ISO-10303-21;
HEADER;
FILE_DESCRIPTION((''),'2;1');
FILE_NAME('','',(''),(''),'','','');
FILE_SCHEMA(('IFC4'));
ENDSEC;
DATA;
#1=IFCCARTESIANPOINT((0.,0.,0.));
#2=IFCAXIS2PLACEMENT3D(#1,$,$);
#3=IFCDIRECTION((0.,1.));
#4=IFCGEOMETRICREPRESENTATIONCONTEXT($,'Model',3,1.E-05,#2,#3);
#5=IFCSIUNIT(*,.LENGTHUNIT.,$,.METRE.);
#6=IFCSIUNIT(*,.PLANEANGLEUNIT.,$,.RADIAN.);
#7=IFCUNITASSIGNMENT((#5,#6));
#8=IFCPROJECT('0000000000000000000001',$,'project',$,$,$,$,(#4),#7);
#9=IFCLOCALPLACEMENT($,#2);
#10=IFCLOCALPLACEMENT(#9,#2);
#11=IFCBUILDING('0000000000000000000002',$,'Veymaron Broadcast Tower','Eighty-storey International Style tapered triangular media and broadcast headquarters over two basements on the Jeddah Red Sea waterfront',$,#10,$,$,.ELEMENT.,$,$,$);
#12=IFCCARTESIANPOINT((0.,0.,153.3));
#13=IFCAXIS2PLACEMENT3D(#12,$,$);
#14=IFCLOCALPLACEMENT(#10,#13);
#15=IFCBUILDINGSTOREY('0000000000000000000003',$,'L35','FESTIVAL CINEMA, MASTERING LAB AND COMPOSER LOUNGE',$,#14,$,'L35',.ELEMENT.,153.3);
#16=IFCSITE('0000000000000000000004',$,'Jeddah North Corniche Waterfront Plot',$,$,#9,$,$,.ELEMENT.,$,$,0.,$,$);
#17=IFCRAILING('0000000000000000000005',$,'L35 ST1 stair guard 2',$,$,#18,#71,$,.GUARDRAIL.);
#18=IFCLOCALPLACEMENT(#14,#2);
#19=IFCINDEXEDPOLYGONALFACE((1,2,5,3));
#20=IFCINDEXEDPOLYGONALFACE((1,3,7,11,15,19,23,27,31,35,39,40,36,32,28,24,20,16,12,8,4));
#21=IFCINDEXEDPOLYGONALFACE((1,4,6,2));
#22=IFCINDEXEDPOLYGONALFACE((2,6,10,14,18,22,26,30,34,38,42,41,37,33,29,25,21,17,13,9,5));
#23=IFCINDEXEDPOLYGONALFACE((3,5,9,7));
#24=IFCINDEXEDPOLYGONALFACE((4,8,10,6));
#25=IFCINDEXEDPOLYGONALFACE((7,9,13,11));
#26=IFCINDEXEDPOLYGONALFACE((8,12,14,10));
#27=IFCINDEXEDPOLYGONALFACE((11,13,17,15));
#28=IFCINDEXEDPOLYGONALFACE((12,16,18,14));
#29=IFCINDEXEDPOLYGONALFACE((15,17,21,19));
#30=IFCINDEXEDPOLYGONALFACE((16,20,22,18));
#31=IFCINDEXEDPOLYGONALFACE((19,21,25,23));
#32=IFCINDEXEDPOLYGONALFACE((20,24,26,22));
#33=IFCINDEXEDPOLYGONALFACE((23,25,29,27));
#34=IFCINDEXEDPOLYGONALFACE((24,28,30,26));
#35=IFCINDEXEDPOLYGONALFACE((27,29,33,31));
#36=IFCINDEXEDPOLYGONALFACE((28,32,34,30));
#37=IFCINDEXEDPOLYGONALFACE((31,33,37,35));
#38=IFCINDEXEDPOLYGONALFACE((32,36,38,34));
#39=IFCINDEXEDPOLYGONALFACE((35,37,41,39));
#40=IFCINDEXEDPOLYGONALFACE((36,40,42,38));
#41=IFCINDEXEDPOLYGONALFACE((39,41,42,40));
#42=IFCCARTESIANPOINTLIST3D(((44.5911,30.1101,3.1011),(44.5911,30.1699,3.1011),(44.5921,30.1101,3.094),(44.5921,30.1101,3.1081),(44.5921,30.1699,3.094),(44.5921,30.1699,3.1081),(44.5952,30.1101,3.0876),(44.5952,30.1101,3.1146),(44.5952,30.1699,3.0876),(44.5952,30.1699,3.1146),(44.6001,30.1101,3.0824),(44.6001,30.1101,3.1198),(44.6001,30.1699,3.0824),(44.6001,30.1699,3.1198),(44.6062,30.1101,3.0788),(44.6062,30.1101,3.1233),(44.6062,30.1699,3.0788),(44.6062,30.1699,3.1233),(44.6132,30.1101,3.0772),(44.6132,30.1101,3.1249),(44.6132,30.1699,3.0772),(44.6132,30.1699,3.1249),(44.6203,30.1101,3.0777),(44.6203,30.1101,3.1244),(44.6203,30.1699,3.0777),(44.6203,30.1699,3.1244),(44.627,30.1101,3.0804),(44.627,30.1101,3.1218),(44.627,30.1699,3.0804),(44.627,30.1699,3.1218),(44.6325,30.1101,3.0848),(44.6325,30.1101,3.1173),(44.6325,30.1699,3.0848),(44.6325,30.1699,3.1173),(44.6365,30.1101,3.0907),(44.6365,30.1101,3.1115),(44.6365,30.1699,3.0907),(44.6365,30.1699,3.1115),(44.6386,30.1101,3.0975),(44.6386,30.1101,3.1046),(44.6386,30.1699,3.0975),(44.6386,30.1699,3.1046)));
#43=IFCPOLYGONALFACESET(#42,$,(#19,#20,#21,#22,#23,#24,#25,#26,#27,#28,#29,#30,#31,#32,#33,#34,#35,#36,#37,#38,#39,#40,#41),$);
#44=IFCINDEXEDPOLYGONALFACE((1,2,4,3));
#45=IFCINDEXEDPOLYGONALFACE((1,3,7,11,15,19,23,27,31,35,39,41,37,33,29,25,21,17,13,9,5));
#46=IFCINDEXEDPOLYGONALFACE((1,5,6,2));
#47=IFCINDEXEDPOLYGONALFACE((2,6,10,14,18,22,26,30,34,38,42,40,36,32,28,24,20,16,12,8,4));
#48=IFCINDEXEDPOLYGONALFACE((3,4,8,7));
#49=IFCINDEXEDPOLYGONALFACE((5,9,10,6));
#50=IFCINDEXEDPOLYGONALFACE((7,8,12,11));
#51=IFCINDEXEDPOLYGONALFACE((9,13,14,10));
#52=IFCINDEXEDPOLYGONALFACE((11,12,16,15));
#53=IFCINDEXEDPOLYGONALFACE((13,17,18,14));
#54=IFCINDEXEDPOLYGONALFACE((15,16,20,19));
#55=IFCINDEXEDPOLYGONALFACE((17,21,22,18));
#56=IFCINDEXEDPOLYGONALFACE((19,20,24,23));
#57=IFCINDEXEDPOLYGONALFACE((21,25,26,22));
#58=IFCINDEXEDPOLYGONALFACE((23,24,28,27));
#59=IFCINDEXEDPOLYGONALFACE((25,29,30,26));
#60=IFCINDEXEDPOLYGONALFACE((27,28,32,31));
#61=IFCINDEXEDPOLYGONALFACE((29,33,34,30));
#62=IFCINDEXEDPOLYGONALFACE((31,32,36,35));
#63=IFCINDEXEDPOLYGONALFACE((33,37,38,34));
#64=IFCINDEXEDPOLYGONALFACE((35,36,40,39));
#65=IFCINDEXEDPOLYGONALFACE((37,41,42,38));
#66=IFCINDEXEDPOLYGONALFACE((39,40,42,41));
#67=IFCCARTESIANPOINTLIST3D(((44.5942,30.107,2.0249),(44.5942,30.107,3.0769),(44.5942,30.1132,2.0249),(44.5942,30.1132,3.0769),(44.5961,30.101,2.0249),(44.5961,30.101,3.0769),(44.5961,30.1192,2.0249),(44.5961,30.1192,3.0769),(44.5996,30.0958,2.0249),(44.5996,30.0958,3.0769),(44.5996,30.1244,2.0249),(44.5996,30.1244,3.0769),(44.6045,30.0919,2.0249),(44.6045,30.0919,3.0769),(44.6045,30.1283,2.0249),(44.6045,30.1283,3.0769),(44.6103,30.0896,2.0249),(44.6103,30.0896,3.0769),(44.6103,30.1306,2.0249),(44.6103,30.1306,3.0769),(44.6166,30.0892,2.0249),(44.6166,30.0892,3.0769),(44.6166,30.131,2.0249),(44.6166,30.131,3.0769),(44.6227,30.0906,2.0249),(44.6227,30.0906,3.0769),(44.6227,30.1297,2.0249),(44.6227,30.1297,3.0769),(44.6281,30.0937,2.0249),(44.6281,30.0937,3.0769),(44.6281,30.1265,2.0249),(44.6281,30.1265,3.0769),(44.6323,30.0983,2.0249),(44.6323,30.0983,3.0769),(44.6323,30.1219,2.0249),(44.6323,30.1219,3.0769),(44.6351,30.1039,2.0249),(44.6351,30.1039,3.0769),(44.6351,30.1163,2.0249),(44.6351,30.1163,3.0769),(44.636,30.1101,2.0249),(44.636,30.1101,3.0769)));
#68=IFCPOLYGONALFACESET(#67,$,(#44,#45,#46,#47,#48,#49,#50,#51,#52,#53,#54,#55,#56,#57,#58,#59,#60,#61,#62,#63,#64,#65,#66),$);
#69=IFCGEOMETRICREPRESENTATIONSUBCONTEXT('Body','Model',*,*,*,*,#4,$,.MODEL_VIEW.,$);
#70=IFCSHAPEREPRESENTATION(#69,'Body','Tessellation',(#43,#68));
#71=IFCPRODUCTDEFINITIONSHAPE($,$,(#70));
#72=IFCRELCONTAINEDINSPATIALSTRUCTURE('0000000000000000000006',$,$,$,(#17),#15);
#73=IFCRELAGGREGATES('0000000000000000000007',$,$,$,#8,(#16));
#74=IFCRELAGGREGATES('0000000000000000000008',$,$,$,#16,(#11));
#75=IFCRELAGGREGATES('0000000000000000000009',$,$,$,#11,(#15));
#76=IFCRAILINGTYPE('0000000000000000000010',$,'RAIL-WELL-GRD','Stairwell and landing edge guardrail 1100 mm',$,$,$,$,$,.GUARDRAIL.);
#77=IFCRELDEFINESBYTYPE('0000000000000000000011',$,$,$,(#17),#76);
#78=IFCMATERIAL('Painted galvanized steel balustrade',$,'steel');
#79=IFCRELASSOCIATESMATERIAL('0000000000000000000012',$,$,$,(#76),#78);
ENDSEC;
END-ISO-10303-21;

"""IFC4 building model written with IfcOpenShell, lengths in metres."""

from ifc_helpers import new_model, si_unit, direction, frame, origin, origin_2d, place, context, subcontext, project, spatial, circle, extrude, material, type_object, element, save


model = new_model("IFC4")

# Units and contexts
model_context = context("Model", 3, precision=1e-05, world=origin(), true_north=direction((0.0, 1.0)))
body_context = subcontext(model_context, "Body", "Model", "MODEL_VIEW")
ifc_project = project(units=[si_unit("LENGTHUNIT", "METRE"), si_unit("PLANEANGLEUNIT", "RADIAN")], contexts=[model_context])

# Site, building, storey
site_placement = place(None, origin())
site = spatial("IfcSite", under=ifc_project, at=site_placement, Name="Jeddah North Corniche Waterfront Plot", CompositionType="ELEMENT", RefElevation=0.0)
building_placement = place(site_placement, origin())
building = spatial("IfcBuilding", under=site, at=building_placement, Name="Veymaron Broadcast Tower", Description="Eighty-storey International Style tapered triangular media and broadcast headquarters over two basements on the Jeddah Red Sea waterfront", CompositionType="ELEMENT")
storey_placement = place(building_placement, frame((0.0, 0.0, 153.3)))
storey = spatial("IfcBuildingStorey", under=building, at=storey_placement, Name="L35", Description="FESTIVAL CINEMA, MASTERING LAB AND COMPOSER LOUNGE", LongName="L35", CompositionType="ELEMENT", Elevation=153.3)

# Railing
ifc_material_1 = material(Name="Painted galvanized steel balustrade", Category="steel")
railing_type_1 = type_object("IfcRailingType", Name="RAIL-WELL-GRD", Description="Stairwell and landing edge guardrail 1100 mm", PredefinedType="GUARDRAIL", material=ifc_material_1)
railing_1_placement = place(storey_placement, frame((44.615, 30.1101, 2.0249)))
element("IfcRailing", 1, at=railing_1_placement, inside=storey, type_object=railing_type_1, Name="L35 ST1 stair guard 2", PredefinedType="GUARDRAIL", context=body_context, shape_type="SweptSolid", body=[
    extrude(circle(Radius=0.0239, at=origin_2d()), frame((0.0, 0.0, 1.0762), z_axis=(0.0, 1.0, 0.0), x_axis=(-1.0, 0.0, 0.0)), (0.0, 0.0, 1.0), 0.0598),
    extrude(circle(Radius=0.021, at=origin_2d()), origin(), (0.0, 0.0, 1.0), 1.052),
])

save(model, "model.ifc")
